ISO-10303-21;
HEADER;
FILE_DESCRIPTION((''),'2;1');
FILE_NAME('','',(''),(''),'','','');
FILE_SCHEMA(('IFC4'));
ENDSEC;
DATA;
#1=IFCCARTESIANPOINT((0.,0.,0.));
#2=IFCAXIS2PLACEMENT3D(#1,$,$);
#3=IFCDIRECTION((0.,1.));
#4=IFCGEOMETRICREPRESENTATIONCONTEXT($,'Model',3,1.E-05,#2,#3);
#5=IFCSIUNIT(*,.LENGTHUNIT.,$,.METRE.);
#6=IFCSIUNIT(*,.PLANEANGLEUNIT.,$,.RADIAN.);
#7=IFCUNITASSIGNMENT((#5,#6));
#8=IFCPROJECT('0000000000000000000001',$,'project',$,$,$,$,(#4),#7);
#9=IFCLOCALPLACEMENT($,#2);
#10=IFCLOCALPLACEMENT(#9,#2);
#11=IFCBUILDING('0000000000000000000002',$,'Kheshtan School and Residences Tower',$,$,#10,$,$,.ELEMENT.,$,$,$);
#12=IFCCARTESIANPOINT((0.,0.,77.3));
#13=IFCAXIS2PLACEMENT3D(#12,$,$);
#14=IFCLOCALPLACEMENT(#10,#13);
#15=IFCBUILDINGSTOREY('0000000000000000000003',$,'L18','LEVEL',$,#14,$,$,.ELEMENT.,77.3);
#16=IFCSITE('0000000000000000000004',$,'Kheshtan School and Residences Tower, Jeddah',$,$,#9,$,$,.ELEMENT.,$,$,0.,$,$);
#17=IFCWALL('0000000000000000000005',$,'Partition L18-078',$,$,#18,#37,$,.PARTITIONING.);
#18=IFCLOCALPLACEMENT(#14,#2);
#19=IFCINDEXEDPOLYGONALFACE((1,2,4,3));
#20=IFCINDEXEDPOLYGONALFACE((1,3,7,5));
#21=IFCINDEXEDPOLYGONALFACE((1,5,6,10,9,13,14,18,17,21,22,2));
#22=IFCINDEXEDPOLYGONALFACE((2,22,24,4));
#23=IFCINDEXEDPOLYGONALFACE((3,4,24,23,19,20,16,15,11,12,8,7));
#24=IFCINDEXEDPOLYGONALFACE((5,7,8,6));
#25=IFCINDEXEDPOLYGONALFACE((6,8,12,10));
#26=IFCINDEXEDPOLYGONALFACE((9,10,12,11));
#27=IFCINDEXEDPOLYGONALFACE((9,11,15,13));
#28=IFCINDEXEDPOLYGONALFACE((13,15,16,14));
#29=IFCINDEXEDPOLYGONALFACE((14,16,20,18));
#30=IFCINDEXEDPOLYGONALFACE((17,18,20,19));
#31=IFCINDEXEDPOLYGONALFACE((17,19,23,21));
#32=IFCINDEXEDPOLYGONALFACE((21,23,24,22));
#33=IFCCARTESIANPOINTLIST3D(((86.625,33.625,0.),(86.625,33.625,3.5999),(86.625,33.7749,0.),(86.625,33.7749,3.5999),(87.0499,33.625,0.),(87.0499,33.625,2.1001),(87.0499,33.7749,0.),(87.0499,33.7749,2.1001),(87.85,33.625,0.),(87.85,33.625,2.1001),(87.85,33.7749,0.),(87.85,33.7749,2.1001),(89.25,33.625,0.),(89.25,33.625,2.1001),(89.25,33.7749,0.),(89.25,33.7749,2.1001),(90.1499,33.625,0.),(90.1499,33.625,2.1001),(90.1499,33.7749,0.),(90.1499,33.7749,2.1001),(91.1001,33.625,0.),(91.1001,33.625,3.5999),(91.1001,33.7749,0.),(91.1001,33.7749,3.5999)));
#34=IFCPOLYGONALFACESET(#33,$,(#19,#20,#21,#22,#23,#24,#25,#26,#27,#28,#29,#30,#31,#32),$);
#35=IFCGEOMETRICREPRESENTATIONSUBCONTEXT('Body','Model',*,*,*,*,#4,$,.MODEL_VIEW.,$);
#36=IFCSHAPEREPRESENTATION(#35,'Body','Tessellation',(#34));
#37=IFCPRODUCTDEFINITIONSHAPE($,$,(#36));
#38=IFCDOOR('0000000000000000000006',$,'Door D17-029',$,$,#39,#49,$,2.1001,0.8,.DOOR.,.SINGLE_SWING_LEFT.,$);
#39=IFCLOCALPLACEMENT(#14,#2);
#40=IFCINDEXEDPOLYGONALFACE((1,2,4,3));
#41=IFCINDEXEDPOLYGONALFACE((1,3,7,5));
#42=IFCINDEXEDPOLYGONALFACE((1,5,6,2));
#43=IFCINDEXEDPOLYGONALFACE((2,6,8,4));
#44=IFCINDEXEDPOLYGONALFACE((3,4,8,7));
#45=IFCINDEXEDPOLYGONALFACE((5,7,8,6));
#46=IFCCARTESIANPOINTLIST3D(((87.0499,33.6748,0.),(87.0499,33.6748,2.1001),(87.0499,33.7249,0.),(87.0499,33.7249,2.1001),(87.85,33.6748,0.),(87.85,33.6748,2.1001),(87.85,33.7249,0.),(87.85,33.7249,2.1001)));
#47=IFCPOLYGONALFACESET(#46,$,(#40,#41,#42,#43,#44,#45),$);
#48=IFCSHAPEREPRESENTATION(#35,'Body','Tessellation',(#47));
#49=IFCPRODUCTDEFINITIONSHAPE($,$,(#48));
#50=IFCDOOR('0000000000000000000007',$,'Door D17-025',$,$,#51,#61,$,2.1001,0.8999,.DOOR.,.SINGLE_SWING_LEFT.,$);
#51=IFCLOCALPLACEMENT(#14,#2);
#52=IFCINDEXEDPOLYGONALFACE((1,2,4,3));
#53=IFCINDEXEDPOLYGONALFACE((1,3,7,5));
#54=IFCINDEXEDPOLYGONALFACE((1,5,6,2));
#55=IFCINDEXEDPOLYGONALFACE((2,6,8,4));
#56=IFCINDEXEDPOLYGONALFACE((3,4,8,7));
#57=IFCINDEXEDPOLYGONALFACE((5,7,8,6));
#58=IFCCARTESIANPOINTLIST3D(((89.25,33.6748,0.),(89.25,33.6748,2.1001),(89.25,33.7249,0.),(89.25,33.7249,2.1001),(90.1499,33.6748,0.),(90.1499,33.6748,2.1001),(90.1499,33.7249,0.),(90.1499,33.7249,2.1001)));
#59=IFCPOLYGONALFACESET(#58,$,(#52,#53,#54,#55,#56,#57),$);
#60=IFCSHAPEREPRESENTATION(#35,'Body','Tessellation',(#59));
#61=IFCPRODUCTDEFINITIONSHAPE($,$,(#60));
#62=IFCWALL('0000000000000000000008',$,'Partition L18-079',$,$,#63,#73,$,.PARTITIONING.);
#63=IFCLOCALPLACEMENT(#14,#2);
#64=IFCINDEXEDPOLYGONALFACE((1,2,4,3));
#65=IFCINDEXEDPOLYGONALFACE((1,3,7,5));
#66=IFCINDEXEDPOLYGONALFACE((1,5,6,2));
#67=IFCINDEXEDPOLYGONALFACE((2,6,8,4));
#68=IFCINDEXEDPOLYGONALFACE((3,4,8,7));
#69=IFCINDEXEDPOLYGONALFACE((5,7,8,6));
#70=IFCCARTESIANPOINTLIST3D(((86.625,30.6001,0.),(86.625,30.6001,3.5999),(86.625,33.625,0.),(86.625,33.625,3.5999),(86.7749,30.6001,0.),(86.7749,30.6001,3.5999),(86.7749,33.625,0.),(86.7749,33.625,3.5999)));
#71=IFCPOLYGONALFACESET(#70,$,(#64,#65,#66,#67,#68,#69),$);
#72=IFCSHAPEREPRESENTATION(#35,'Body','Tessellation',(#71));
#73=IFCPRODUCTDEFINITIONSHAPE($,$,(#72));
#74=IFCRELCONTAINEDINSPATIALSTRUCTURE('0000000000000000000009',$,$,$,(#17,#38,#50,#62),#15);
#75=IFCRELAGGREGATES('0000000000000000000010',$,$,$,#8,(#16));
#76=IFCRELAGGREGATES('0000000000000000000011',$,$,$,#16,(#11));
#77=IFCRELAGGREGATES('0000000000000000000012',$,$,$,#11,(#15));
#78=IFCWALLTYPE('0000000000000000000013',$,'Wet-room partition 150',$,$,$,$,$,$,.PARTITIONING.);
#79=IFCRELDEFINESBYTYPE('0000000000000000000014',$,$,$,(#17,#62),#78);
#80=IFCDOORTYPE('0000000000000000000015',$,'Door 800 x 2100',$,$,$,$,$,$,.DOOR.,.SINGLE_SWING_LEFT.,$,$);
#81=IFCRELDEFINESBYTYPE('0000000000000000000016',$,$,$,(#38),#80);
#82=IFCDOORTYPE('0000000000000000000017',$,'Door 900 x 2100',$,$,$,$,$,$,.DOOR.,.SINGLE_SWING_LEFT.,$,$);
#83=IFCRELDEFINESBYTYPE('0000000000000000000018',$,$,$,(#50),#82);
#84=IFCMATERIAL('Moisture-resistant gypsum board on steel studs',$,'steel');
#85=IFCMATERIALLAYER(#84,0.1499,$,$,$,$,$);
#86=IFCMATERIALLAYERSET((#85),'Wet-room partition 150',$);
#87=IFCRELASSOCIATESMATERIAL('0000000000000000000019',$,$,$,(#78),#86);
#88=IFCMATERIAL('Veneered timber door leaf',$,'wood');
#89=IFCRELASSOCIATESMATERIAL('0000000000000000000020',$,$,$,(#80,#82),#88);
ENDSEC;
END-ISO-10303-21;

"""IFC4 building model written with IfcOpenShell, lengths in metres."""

from ifc_helpers import new_model, si_unit, direction, frame, frame_2d, origin, place, context, subcontext, project, spatial, rectangle, extrude, source, transform, mapped, material, layer, layer_set, type_object, element, fill, save


model = new_model("IFC4")

# Units and contexts
model_context = context("Model", 3, precision=1e-05, world=origin(), true_north=direction((0.0, 1.0)))
body_context = subcontext(model_context, "Body", "Model", "MODEL_VIEW")
ifc_project = project(units=[si_unit("LENGTHUNIT", "METRE"), si_unit("PLANEANGLEUNIT", "RADIAN")], contexts=[model_context])

# Site, building, storey
site_placement = place(None, origin())
site = spatial("IfcSite", under=ifc_project, at=site_placement, Name="Kheshtan School and Residences Tower, Jeddah", CompositionType="ELEMENT", RefElevation=0.0)
building_placement = place(site_placement, origin())
building = spatial("IfcBuilding", under=site, at=building_placement, Name="Kheshtan School and Residences Tower", CompositionType="ELEMENT")
storey_placement = place(building_placement, frame((0.0, 0.0, 77.3)))
storey = spatial("IfcBuildingStorey", under=building, at=storey_placement, Name="L18", Description="LEVEL", CompositionType="ELEMENT", Elevation=77.3)

# Shared definitions
ifc_material_1 = material(Name="Moisture-resistant gypsum board on steel studs", Category="steel")
ifc_layer_1 = layer(ifc_material_1, 0.1499)
ifc_layer_set_1 = layer_set([ifc_layer_1], Name="Wet-room partition 150")
wall_type_1 = type_object("IfcWallType", Name="Wet-room partition 150", PredefinedType="PARTITIONING", material=ifc_layer_set_1)

# Shared definitions
ifc_material_2 = material(Name="Veneered timber door leaf", Category="wood")
door_type_1 = type_object("IfcDoorType", Name="Door 800 x 2100", OperationType="SINGLE_SWING_LEFT", PredefinedType="DOOR", material=ifc_material_2)
shared_shape_1 = source(origin(), body_context, "Body", "SweptSolid", [
    extrude(rectangle(XDim=0.8, YDim=2.1001, at=frame_2d((0.3999, 1.05))), frame((0.0, 0.0249, 0.0), z_axis=(0.0, -1.0, 0.0), x_axis=(1.0, 0.0, 0.0)), (0.0, 0.0, 1.0), 0.05),
])
door_type_2 = type_object("IfcDoorType", Name="Door 900 x 2100", OperationType="SINGLE_SWING_LEFT", PredefinedType="DOOR", material=ifc_material_2)
shared_shape_2 = source(origin(), body_context, "Body", "SweptSolid", [
    extrude(rectangle(XDim=0.8999, YDim=2.1001, at=frame_2d((0.45, 1.05))), frame((0.0, 0.0249, 0.0), z_axis=(0.0, -1.0, 0.0), x_axis=(1.0, 0.0, 0.0)), (0.0, 0.0, 1.0), 0.05),
])

# Wall, openings, doors
wall_1_placement = place(storey_placement, frame((86.625, 33.7, 0.0), z_axis=(0.0, 0.0, 1.0), x_axis=(1.0, 0.0, 0.0)))
wall_1 = element("IfcWall", 1, at=wall_1_placement, inside=storey, type_object=wall_type_1, Name="Partition L18-078", PredefinedType="PARTITIONING", context=body_context, shape_type="SweptSolid", body=[
    extrude(rectangle(XDim=4.4751, YDim=0.1499, at=frame_2d((2.2375, 0.0))), origin(), (0.0, 0.0, 1.0), 3.5999),
])
opening_1_placement = place(wall_1_placement, frame((2.625, 0.0, 0.0)))
opening_1 = element("IfcOpeningElement", 2, at=opening_1_placement, cuts=wall_1, PredefinedType="OPENING", context=body_context, shape_type="SweptSolid", body=[
    extrude(rectangle(XDim=0.8999, YDim=2.1001, at=frame_2d((0.45, 1.05))), frame((0.0, 0.085, 0.0), z_axis=(0.0, -1.0, 0.0), x_axis=(1.0, 0.0, 0.0)), (0.0, 0.0, 1.0), 0.1699),
])
opening_2_placement = place(wall_1_placement, frame((0.425, 0.0, 0.0)))
opening_2 = element("IfcOpeningElement", 3, at=opening_2_placement, cuts=wall_1, PredefinedType="OPENING", context=body_context, shape_type="SweptSolid", body=[
    extrude(rectangle(XDim=0.8, YDim=2.1001, at=frame_2d((0.3999, 1.05))), frame((0.0, 0.085, 0.0), z_axis=(0.0, -1.0, 0.0), x_axis=(1.0, 0.0, 0.0)), (0.0, 0.0, 1.0), 0.1699),
])
door_1_placement = place(opening_2_placement, origin())
door_1 = element("IfcDoor", 4, at=door_1_placement, inside=storey, type_object=door_type_1, Name="Door D17-029", OperationType="SINGLE_SWING_LEFT", OverallHeight=2.1001, OverallWidth=0.8, PredefinedType="DOOR", context=body_context, shape_type="MappedRepresentation", body=[
    mapped(shared_shape_1, transform((0.0, 0.0, 0.0), x_axis=(1.0, 0.0, 0.0), y_axis=(0.0, 1.0, 0.0), z_axis=(0.0, 0.0, 1.0), scale=1.0)),
])
fill(opening_2, door_1)
door_2_placement = place(opening_1_placement, origin())
door_2 = element("IfcDoor", 5, at=door_2_placement, inside=storey, type_object=door_type_2, Name="Door D17-025", OperationType="SINGLE_SWING_LEFT", OverallHeight=2.1001, OverallWidth=0.8999, PredefinedType="DOOR", context=body_context, shape_type="MappedRepresentation", body=[
    mapped(shared_shape_2, transform((0.0, 0.0, 0.0), x_axis=(1.0, 0.0, 0.0), y_axis=(0.0, 1.0, 0.0), z_axis=(0.0, 0.0, 1.0), scale=1.0)),
])
fill(opening_1, door_2)

# Wall
wall_2_placement = place(storey_placement, frame((86.7, 30.6001, 0.0), z_axis=(0.0, 0.0, 1.0), x_axis=(0.0, 1.0, 0.0)))
element("IfcWall", 6, at=wall_2_placement, inside=storey, type_object=wall_type_1, Name="Partition L18-079", PredefinedType="PARTITIONING", context=body_context, shape_type="SweptSolid", body=[
    extrude(rectangle(XDim=3.0249, YDim=0.1499, at=frame_2d((1.5125, 0.0))), origin(), (0.0, 0.0, 1.0), 3.5999),
])

save(model, "model.ifc")
